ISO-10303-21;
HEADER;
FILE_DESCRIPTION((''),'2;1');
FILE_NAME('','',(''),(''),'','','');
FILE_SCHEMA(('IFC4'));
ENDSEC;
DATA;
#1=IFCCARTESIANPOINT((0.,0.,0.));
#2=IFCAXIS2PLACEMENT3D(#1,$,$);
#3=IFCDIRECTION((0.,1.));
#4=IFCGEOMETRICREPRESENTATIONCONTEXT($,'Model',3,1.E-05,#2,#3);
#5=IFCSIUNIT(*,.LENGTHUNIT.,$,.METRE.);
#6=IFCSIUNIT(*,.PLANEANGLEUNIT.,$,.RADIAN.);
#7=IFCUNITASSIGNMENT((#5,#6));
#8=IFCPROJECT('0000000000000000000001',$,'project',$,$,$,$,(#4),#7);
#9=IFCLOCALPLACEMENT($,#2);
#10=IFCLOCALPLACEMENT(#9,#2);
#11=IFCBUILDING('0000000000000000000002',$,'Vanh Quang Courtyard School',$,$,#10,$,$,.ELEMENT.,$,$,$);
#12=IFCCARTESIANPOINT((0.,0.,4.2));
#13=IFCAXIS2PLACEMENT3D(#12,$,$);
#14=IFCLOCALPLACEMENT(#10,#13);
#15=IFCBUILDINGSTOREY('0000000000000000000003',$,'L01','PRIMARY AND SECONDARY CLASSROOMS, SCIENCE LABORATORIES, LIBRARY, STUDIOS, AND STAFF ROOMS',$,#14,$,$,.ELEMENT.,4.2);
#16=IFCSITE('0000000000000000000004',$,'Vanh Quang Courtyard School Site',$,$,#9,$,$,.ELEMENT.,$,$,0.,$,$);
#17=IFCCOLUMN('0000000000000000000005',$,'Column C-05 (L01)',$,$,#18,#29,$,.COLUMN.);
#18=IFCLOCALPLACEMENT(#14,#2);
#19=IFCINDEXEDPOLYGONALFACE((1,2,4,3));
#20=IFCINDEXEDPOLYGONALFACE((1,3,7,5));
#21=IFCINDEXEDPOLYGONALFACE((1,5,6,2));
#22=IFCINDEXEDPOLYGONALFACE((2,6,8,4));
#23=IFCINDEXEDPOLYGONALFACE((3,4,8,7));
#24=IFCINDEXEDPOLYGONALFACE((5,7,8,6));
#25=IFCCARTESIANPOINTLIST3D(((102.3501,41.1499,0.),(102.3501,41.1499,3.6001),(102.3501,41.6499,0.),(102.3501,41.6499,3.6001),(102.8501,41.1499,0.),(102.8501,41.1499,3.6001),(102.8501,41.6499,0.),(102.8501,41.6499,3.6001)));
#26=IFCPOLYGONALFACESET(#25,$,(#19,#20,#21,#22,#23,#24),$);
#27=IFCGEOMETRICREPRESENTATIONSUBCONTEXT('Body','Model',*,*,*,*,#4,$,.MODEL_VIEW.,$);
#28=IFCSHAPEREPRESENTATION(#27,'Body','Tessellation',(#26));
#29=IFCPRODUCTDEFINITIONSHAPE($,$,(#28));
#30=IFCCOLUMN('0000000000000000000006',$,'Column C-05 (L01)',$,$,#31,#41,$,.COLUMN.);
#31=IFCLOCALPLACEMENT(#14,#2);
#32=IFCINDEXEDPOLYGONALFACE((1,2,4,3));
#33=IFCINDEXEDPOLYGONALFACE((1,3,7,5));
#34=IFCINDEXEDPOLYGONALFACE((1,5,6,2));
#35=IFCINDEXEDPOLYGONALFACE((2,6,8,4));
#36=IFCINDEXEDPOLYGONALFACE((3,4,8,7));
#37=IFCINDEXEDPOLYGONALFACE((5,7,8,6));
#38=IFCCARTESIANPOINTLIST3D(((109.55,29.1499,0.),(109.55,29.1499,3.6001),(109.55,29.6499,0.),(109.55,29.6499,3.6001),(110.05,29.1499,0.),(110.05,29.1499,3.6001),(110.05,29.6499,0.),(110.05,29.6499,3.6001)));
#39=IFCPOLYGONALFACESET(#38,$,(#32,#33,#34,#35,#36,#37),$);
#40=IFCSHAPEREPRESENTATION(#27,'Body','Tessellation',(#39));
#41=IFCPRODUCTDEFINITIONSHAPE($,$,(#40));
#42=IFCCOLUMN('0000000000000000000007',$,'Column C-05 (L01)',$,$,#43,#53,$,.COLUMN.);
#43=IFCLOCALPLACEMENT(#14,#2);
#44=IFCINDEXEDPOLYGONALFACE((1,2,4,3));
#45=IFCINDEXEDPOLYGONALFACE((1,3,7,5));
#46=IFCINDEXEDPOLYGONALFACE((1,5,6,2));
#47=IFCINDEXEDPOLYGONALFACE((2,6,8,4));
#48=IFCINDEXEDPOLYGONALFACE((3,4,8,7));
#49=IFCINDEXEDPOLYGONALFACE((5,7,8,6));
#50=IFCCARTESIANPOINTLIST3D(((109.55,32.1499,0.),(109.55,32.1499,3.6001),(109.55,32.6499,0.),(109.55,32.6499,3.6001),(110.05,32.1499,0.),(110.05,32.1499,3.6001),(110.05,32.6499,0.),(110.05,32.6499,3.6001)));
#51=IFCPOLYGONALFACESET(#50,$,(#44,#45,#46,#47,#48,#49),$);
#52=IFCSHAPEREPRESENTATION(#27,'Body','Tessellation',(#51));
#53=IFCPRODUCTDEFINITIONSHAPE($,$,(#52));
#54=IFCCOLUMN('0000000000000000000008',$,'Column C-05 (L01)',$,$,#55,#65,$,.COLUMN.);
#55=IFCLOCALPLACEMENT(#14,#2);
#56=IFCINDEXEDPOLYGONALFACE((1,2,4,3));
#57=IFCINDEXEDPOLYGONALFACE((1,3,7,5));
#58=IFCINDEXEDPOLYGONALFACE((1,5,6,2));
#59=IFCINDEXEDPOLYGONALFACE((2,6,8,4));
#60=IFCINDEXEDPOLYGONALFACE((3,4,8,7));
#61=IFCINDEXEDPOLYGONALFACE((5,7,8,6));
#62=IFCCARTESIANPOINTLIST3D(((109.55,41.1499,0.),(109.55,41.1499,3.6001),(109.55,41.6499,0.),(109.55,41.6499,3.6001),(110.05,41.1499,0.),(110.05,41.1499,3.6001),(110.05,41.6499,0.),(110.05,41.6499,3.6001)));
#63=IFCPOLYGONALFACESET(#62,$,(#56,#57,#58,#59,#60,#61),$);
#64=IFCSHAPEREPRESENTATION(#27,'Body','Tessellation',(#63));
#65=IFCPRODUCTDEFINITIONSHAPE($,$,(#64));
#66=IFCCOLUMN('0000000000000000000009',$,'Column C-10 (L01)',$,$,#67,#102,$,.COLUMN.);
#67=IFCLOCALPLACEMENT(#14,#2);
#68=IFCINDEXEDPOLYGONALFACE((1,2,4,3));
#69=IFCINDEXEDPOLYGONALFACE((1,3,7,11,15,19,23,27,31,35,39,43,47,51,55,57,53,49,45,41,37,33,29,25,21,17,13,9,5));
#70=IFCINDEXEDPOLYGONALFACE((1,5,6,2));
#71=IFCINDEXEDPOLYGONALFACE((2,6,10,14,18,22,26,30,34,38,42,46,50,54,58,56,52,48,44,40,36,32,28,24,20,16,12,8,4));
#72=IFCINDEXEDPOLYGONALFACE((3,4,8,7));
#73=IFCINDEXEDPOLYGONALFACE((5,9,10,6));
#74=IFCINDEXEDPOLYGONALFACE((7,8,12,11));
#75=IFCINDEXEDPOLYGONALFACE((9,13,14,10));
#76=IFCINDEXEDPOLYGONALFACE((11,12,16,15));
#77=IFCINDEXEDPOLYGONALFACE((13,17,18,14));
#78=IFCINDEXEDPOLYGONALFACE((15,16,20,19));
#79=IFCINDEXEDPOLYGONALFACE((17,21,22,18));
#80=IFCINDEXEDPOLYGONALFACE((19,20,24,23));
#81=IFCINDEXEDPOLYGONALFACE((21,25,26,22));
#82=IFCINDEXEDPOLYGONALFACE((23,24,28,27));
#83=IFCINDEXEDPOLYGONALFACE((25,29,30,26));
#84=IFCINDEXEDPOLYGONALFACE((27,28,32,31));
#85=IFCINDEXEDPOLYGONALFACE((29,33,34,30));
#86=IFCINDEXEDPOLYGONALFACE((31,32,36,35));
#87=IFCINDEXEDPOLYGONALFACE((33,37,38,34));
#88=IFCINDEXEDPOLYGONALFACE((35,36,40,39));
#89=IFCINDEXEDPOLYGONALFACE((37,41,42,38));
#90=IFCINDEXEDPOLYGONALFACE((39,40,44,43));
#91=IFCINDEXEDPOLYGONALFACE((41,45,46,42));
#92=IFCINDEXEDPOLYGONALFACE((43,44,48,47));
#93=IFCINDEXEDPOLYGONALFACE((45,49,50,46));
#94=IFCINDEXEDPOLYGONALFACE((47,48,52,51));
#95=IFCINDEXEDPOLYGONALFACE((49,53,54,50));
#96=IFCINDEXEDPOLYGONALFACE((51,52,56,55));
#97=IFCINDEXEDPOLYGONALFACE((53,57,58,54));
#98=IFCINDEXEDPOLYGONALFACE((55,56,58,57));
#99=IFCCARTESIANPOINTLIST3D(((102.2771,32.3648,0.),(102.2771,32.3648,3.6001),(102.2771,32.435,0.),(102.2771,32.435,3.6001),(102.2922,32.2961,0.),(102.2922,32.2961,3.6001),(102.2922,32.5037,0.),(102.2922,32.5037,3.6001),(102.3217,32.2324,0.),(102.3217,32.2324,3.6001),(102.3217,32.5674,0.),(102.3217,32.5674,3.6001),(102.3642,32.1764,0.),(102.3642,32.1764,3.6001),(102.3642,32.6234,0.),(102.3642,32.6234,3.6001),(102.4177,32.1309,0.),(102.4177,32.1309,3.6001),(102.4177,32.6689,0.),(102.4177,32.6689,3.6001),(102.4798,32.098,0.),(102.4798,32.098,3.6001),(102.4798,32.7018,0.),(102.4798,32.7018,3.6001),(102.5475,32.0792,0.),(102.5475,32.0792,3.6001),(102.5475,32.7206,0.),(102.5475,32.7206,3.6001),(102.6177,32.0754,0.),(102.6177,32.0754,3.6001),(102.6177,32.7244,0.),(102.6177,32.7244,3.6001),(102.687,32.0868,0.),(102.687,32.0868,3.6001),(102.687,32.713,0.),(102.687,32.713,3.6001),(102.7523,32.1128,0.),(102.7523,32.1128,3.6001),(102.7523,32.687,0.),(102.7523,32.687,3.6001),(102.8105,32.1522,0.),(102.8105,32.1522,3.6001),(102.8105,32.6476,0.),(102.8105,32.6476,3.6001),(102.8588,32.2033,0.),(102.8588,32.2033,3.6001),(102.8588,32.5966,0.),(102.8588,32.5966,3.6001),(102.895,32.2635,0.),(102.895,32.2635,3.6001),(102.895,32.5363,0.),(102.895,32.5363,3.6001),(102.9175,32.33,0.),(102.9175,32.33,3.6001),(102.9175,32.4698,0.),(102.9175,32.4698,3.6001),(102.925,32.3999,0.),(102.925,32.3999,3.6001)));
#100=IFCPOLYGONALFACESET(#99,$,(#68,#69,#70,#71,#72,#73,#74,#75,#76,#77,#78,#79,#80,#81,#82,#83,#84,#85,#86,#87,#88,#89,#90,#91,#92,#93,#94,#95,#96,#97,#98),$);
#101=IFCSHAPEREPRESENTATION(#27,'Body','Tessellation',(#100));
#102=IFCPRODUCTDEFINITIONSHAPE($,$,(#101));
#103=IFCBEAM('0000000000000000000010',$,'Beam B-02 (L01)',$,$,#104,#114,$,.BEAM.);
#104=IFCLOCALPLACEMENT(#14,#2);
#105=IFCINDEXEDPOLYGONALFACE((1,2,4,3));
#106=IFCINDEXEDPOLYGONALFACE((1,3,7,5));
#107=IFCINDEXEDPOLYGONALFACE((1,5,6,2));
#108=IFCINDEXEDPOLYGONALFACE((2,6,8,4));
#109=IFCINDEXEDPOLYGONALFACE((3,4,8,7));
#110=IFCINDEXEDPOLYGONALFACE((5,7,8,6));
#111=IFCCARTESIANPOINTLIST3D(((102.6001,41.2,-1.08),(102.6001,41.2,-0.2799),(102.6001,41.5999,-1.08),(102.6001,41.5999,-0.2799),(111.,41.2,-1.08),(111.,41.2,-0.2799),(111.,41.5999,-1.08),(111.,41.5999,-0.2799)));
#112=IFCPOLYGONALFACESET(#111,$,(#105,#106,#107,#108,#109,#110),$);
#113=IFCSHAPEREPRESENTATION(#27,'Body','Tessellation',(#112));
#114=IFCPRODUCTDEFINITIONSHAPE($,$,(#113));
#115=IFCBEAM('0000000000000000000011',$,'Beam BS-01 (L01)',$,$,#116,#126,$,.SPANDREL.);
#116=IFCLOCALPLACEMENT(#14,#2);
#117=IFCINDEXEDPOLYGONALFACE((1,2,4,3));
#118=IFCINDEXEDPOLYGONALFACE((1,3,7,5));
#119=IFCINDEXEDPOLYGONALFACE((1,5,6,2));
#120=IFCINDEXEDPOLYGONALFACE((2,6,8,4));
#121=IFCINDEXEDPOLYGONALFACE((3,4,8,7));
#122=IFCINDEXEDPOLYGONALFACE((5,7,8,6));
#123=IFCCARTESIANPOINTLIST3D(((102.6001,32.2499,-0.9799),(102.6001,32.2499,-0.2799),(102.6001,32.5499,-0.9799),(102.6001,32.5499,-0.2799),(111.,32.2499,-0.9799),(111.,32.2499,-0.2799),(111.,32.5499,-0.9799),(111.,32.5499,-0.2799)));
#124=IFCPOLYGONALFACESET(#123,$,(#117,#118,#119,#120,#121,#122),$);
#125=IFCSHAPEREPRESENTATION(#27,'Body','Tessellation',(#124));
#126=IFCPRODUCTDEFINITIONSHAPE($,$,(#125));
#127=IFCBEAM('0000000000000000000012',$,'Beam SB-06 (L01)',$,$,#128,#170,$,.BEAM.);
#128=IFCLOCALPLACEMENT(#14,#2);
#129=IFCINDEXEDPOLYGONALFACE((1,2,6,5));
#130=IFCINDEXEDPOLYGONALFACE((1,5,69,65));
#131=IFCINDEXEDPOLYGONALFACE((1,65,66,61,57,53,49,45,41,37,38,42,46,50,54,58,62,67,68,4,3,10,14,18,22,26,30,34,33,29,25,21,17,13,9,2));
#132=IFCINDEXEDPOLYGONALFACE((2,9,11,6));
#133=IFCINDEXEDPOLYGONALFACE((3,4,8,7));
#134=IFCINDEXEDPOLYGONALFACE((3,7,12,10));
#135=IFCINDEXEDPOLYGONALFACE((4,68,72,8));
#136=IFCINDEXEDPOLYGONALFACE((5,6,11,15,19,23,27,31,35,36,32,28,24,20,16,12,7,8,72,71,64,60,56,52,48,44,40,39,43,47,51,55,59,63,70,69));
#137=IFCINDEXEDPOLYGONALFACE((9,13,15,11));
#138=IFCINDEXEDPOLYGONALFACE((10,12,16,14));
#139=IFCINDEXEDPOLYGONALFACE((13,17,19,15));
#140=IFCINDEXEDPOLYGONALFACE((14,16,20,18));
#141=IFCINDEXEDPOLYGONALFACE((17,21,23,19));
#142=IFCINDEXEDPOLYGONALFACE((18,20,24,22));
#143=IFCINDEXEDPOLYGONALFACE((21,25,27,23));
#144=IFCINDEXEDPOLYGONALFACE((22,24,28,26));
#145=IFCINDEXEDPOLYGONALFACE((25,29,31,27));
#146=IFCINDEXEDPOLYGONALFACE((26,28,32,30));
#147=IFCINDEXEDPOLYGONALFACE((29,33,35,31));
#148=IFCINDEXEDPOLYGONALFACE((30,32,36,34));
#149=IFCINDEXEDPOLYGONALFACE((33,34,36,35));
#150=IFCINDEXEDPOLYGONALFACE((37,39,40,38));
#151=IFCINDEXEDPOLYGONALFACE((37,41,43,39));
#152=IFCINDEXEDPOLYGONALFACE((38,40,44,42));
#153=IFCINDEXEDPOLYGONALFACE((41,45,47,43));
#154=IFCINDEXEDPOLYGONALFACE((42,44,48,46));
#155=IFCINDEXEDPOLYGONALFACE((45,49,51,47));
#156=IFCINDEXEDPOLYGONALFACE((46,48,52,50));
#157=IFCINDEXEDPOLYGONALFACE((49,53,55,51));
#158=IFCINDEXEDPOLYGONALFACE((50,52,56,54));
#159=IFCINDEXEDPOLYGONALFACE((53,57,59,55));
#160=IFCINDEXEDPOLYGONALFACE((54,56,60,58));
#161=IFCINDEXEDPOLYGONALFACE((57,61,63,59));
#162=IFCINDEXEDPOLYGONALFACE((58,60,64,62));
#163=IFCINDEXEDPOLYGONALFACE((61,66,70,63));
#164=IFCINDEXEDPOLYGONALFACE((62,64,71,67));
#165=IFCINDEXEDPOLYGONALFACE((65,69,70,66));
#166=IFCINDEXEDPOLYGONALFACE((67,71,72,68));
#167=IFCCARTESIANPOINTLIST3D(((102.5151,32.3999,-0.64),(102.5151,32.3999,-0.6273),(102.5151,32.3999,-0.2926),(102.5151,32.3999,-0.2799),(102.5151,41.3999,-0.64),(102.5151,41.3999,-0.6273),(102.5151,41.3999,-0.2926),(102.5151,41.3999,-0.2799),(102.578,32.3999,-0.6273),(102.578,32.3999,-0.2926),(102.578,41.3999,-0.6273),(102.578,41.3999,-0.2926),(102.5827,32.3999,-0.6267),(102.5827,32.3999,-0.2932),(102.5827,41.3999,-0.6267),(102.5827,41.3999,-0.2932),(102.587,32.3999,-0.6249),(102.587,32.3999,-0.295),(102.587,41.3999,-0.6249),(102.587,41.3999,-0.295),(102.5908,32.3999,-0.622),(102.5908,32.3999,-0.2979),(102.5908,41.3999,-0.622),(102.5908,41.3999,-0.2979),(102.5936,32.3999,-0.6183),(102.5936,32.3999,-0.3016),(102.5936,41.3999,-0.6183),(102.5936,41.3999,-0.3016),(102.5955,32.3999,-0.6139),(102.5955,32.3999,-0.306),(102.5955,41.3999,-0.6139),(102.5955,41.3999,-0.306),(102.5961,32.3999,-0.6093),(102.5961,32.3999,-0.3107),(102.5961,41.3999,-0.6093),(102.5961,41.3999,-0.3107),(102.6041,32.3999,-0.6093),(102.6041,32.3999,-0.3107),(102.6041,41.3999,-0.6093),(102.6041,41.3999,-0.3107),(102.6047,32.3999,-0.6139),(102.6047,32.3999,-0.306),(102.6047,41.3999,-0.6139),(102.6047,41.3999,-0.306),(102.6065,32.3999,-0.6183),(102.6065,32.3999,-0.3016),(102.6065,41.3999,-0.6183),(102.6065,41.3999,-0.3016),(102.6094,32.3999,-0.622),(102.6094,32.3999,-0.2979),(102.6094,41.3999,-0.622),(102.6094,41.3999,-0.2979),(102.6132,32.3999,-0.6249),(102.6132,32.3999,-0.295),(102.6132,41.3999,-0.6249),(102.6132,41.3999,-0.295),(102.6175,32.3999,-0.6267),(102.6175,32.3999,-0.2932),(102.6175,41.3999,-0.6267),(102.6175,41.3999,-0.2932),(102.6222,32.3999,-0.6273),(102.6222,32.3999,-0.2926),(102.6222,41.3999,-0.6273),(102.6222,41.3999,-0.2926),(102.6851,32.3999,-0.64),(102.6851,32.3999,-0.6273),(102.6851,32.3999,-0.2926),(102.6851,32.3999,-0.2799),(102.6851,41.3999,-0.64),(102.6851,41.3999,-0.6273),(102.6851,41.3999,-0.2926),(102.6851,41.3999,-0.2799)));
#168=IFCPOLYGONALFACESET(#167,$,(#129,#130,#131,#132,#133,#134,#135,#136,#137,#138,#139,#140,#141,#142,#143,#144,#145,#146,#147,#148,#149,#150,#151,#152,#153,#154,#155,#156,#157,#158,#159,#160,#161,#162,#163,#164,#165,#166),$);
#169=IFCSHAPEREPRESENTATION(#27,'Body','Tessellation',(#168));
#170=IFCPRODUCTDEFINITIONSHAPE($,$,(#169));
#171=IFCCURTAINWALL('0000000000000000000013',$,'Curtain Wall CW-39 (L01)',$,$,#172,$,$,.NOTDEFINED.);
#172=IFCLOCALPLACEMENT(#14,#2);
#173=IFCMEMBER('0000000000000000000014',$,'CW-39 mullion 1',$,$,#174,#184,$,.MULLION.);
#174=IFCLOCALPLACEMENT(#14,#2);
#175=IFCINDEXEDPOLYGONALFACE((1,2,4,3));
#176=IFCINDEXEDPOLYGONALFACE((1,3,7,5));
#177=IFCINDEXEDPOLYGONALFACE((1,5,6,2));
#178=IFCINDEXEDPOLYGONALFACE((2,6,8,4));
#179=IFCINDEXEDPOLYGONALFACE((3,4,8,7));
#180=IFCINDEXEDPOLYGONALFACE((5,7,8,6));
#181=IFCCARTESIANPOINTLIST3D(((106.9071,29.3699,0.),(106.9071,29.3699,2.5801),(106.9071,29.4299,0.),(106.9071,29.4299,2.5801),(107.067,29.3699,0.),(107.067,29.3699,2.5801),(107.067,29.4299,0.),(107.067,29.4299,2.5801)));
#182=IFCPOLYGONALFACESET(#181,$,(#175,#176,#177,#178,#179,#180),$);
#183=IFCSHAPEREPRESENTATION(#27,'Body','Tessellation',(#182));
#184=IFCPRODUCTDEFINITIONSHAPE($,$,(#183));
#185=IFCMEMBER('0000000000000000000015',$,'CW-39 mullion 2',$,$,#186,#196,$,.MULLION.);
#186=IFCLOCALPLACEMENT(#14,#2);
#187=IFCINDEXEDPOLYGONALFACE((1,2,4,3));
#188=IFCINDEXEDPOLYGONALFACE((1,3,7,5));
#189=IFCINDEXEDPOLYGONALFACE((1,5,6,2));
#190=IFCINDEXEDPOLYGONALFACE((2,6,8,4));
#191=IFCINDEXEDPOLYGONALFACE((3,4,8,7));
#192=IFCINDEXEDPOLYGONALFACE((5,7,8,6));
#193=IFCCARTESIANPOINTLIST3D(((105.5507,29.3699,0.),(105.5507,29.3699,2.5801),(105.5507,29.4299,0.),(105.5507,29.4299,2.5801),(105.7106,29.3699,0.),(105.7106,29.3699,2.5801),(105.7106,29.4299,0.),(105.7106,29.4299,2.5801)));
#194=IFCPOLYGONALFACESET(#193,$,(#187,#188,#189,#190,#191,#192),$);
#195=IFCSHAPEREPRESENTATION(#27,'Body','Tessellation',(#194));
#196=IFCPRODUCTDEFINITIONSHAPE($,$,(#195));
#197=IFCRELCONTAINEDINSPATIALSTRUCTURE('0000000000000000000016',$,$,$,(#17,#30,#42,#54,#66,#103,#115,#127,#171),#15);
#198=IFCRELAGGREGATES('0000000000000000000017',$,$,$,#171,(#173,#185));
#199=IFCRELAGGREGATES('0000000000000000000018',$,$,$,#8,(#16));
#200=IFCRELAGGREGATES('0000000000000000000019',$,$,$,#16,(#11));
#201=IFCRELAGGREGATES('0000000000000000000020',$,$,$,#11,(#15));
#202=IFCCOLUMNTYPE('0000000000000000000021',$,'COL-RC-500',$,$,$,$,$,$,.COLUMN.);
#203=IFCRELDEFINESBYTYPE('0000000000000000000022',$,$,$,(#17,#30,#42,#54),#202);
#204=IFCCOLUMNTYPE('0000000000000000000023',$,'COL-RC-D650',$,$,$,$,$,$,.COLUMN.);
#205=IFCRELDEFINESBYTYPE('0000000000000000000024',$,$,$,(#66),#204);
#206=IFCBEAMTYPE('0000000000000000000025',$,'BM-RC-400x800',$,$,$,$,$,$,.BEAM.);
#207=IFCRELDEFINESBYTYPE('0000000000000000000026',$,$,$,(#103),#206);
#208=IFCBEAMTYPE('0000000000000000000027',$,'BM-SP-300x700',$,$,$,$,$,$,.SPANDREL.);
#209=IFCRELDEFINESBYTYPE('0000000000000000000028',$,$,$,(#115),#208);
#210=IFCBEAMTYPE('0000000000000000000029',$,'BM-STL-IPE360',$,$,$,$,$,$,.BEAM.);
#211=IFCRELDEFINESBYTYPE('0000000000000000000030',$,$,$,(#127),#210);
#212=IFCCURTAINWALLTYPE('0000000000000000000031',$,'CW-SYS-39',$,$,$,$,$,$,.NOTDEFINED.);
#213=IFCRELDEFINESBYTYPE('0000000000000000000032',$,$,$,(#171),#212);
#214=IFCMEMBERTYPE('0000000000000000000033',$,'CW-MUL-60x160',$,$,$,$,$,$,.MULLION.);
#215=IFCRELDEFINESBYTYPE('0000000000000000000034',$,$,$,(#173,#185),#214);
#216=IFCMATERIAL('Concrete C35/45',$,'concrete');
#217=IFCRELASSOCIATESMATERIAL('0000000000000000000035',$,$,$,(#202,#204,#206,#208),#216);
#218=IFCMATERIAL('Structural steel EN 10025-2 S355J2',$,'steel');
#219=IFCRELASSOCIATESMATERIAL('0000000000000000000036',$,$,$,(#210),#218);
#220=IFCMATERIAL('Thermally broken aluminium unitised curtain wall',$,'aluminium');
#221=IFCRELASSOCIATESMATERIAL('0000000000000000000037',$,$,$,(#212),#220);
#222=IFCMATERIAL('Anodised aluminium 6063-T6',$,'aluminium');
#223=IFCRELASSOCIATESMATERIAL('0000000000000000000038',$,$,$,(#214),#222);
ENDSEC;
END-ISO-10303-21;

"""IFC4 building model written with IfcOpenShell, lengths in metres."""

from ifc_helpers import new_model, si_unit, direction, frame, origin, origin_2d, place, context, subcontext, project, spatial, rectangle, circle, i_section, extrude, material, material_profile, profile_set, type_object, element, aggregate, save


model = new_model("IFC4")

# Units and contexts
model_context = context("Model", 3, precision=1e-05, world=origin(), true_north=direction((0.0, 1.0)))
body_context = subcontext(model_context, "Body", "Model", "MODEL_VIEW")
ifc_project = project(units=[si_unit("LENGTHUNIT", "METRE"), si_unit("PLANEANGLEUNIT", "RADIAN")], contexts=[model_context])

# Site, building, storey
site_placement = place(None, origin())
site = spatial("IfcSite", under=ifc_project, at=site_placement, Name="Vanh Quang Courtyard School Site", CompositionType="ELEMENT", RefElevation=0.0)
building_placement = place(site_placement, origin())
building = spatial("IfcBuilding", under=site, at=building_placement, Name="Vanh Quang Courtyard School", CompositionType="ELEMENT")
storey_placement = place(building_placement, frame((0.0, 0.0, 4.2)))
storey = spatial("IfcBuildingStorey", under=building, at=storey_placement, Name="L01", Description="PRIMARY AND SECONDARY CLASSROOMS, SCIENCE LABORATORIES, LIBRARY, STUDIOS, AND STAFF ROOMS", CompositionType="ELEMENT", Elevation=4.2)

# Columns
ifc_material_1 = material(Name="Concrete C35/45", Category="concrete")
ifc_material_profile_1 = material_profile(ifc_material_1, rectangle(XDim=0.5, YDim=0.5, at=origin_2d()), Name="RC-COL 500x500")
ifc_profile_set_1 = profile_set([ifc_material_profile_1], Name="Concrete C35/45")
column_type_1 = type_object("IfcColumnType", Name="COL-RC-500", PredefinedType="COLUMN", material=ifc_profile_set_1)
for number, where, z_axis, x_axis, name in (
    (1, (102.6001, 41.3999, 0.0), (0.0, 0.0, 1.0), (1.0, 0.0, 0.0), "Column C-05 (L01)"),
    (2, (109.8, 29.3999, 0.0), (0.0, 0.0, 1.0), (1.0, 0.0, 0.0), "Column C-05 (L01)"),
    (3, (109.8, 32.3999, 0.0), (0.0, 0.0, 1.0), (1.0, 0.0, 0.0), "Column C-05 (L01)"),
    (4, (109.8, 41.3999, 0.0), (0.0, 0.0, 1.0), (1.0, 0.0, 0.0), "Column C-05 (L01)"),
):
    element("IfcColumn", number, at=place(storey_placement, frame(where, z_axis=z_axis, x_axis=x_axis)), inside=storey, type_object=column_type_1, Name=name, PredefinedType="COLUMN", context=body_context, shape_type="SweptSolid", body=[
        extrude(rectangle(XDim=0.5, YDim=0.5, at=origin_2d()), origin(), (0.0, 0.0, 1.0), 3.6001),
    ])
ifc_material_profile_2 = material_profile(ifc_material_1, circle(Radius=0.325, at=origin_2d()), Name="RC-COL D650")
ifc_profile_set_2 = profile_set([ifc_material_profile_2], Name="Concrete C35/45")
column_type_2 = type_object("IfcColumnType", Name="COL-RC-D650", PredefinedType="COLUMN", material=ifc_profile_set_2)
column_placement = place(storey_placement, frame((102.6001, 32.3999, 0.0), z_axis=(0.0, 0.0, 1.0), x_axis=(1.0, 0.0, 0.0)))
element("IfcColumn", 5, at=column_placement, inside=storey, type_object=column_type_2, Name="Column C-10 (L01)", PredefinedType="COLUMN", context=body_context, shape_type="SweptSolid", body=[
    extrude(circle(Radius=0.325, at=origin_2d()), origin(), (0.0, 0.0, 1.0), 3.6001),
])

# Beams
ifc_material_profile_3 = material_profile(ifc_material_1, rectangle(XDim=0.3999, YDim=0.8, at=origin_2d()), Name="RC-BM 400x800")
ifc_profile_set_3 = profile_set([ifc_material_profile_3], Name="Concrete C35/45")
beam_type_1 = type_object("IfcBeamType", Name="BM-RC-400x800", PredefinedType="BEAM", material=ifc_profile_set_3)
beam_1_placement = place(storey_placement, frame((102.6001, 41.3999, -0.6799), z_axis=(1.0, 0.0, 0.0), x_axis=(0.0, 1.0, 0.0)))
element("IfcBeam", 6, at=beam_1_placement, inside=storey, type_object=beam_type_1, Name="Beam B-02 (L01)", PredefinedType="BEAM", context=body_context, shape_type="SweptSolid", body=[
    extrude(rectangle(XDim=0.3999, YDim=0.8, at=origin_2d()), origin(), (0.0, 0.0, 1.0), 8.3999),
])
ifc_material_profile_4 = material_profile(ifc_material_1, rectangle(XDim=0.3, YDim=0.7, at=origin_2d()), Name="RC-SP 300x700")
ifc_profile_set_4 = profile_set([ifc_material_profile_4], Name="Concrete C35/45")
beam_type_2 = type_object("IfcBeamType", Name="BM-SP-300x700", PredefinedType="SPANDREL", material=ifc_profile_set_4)
beam_2_placement = place(storey_placement, frame((102.6001, 32.3999, -0.6299), z_axis=(1.0, 0.0, 0.0), x_axis=(0.0, 1.0, 0.0)))
element("IfcBeam", 7, at=beam_2_placement, inside=storey, type_object=beam_type_2, Name="Beam BS-01 (L01)", PredefinedType="SPANDREL", context=body_context, shape_type="SweptSolid", body=[
    extrude(rectangle(XDim=0.3, YDim=0.7, at=origin_2d()), origin(), (0.0, 0.0, 1.0), 8.3999),
])
ifc_material_2 = material(Name="Structural steel EN 10025-2 S355J2", Category="steel")
ifc_material_profile_5 = material_profile(ifc_material_2, i_section(OverallWidth=0.1699, OverallDepth=0.3601, WebThickness=0.0081, FlangeThickness=0.0127, FilletRadius=0.0181, at=origin_2d()), Name="IPE 360")
ifc_profile_set_5 = profile_set([ifc_material_profile_5], Name="Structural steel EN 10025-2 S355J2")
beam_type_3 = type_object("IfcBeamType", Name="BM-STL-IPE360", PredefinedType="BEAM", material=ifc_profile_set_5)
beam_3_placement = place(storey_placement, frame((102.6001, 32.3999, -0.46), z_axis=(0.0, 1.0, 0.0), x_axis=(-1.0, 0.0, 0.0)))
element("IfcBeam", 8, at=beam_3_placement, inside=storey, type_object=beam_type_3, Name="Beam SB-06 (L01)", PredefinedType="BEAM", context=body_context, shape_type="SweptSolid", body=[
    extrude(i_section(OverallWidth=0.1699, OverallDepth=0.3601, WebThickness=0.0081, FlangeThickness=0.0127, FilletRadius=0.0181, at=origin_2d()), origin(), (0.0, 0.0, 1.0), 9.0),
])

# Curtain wall, members
ifc_material_3 = material(Name="Thermally broken aluminium unitised curtain wall", Category="aluminium")
curtain_wall_type = type_object("IfcCurtainWallType", Name="CW-SYS-39", PredefinedType="NOTDEFINED", material=ifc_material_3)
curtain_wall_placement = place(storey_placement, origin())
curtain_wall = element("IfcCurtainWall", 9, at=curtain_wall_placement, inside=storey, type_object=curtain_wall_type, Name="Curtain Wall CW-39 (L01)", PredefinedType="NOTDEFINED")
ifc_material_4 = material(Name="Anodised aluminium 6063-T6", Category="aluminium")
ifc_material_profile_6 = material_profile(ifc_material_4, rectangle(XDim=0.0601, YDim=0.1599, at=origin_2d()), Name="ALU-MUL 60x160")
ifc_profile_set_6 = profile_set([ifc_material_profile_6], Name="Anodised aluminium 6063-T6")
member_type_1 = type_object("IfcMemberType", Name="CW-MUL-60x160", PredefinedType="MULLION", material=ifc_profile_set_6)
member_1_placement = place(storey_placement, frame((106.9871, 29.3999, 0.0), z_axis=(0.0, 0.0, 1.0), x_axis=(0.0, -1.0, 0.0)))
member_1 = element("IfcMember", 10, at=member_1_placement, type_object=member_type_1, Name="CW-39 mullion 1", PredefinedType="MULLION", context=body_context, shape_type="SweptSolid", body=[
    extrude(rectangle(XDim=0.0601, YDim=0.1599, at=origin_2d()), origin(), (0.0, 0.0, 1.0), 2.5801),
])
member_2_placement = place(storey_placement, frame((105.6306, 29.3999, 0.0), z_axis=(0.0, 0.0, 1.0), x_axis=(0.0, -1.0, 0.0)))
member_2 = element("IfcMember", 11, at=member_2_placement, type_object=member_type_1, Name="CW-39 mullion 2", PredefinedType="MULLION", context=body_context, shape_type="SweptSolid", body=[
    extrude(rectangle(XDim=0.0601, YDim=0.1599, at=origin_2d()), origin(), (0.0, 0.0, 1.0), 2.5801),
])
aggregate(curtain_wall, [member_1, member_2])

save(model, "model.ifc")
